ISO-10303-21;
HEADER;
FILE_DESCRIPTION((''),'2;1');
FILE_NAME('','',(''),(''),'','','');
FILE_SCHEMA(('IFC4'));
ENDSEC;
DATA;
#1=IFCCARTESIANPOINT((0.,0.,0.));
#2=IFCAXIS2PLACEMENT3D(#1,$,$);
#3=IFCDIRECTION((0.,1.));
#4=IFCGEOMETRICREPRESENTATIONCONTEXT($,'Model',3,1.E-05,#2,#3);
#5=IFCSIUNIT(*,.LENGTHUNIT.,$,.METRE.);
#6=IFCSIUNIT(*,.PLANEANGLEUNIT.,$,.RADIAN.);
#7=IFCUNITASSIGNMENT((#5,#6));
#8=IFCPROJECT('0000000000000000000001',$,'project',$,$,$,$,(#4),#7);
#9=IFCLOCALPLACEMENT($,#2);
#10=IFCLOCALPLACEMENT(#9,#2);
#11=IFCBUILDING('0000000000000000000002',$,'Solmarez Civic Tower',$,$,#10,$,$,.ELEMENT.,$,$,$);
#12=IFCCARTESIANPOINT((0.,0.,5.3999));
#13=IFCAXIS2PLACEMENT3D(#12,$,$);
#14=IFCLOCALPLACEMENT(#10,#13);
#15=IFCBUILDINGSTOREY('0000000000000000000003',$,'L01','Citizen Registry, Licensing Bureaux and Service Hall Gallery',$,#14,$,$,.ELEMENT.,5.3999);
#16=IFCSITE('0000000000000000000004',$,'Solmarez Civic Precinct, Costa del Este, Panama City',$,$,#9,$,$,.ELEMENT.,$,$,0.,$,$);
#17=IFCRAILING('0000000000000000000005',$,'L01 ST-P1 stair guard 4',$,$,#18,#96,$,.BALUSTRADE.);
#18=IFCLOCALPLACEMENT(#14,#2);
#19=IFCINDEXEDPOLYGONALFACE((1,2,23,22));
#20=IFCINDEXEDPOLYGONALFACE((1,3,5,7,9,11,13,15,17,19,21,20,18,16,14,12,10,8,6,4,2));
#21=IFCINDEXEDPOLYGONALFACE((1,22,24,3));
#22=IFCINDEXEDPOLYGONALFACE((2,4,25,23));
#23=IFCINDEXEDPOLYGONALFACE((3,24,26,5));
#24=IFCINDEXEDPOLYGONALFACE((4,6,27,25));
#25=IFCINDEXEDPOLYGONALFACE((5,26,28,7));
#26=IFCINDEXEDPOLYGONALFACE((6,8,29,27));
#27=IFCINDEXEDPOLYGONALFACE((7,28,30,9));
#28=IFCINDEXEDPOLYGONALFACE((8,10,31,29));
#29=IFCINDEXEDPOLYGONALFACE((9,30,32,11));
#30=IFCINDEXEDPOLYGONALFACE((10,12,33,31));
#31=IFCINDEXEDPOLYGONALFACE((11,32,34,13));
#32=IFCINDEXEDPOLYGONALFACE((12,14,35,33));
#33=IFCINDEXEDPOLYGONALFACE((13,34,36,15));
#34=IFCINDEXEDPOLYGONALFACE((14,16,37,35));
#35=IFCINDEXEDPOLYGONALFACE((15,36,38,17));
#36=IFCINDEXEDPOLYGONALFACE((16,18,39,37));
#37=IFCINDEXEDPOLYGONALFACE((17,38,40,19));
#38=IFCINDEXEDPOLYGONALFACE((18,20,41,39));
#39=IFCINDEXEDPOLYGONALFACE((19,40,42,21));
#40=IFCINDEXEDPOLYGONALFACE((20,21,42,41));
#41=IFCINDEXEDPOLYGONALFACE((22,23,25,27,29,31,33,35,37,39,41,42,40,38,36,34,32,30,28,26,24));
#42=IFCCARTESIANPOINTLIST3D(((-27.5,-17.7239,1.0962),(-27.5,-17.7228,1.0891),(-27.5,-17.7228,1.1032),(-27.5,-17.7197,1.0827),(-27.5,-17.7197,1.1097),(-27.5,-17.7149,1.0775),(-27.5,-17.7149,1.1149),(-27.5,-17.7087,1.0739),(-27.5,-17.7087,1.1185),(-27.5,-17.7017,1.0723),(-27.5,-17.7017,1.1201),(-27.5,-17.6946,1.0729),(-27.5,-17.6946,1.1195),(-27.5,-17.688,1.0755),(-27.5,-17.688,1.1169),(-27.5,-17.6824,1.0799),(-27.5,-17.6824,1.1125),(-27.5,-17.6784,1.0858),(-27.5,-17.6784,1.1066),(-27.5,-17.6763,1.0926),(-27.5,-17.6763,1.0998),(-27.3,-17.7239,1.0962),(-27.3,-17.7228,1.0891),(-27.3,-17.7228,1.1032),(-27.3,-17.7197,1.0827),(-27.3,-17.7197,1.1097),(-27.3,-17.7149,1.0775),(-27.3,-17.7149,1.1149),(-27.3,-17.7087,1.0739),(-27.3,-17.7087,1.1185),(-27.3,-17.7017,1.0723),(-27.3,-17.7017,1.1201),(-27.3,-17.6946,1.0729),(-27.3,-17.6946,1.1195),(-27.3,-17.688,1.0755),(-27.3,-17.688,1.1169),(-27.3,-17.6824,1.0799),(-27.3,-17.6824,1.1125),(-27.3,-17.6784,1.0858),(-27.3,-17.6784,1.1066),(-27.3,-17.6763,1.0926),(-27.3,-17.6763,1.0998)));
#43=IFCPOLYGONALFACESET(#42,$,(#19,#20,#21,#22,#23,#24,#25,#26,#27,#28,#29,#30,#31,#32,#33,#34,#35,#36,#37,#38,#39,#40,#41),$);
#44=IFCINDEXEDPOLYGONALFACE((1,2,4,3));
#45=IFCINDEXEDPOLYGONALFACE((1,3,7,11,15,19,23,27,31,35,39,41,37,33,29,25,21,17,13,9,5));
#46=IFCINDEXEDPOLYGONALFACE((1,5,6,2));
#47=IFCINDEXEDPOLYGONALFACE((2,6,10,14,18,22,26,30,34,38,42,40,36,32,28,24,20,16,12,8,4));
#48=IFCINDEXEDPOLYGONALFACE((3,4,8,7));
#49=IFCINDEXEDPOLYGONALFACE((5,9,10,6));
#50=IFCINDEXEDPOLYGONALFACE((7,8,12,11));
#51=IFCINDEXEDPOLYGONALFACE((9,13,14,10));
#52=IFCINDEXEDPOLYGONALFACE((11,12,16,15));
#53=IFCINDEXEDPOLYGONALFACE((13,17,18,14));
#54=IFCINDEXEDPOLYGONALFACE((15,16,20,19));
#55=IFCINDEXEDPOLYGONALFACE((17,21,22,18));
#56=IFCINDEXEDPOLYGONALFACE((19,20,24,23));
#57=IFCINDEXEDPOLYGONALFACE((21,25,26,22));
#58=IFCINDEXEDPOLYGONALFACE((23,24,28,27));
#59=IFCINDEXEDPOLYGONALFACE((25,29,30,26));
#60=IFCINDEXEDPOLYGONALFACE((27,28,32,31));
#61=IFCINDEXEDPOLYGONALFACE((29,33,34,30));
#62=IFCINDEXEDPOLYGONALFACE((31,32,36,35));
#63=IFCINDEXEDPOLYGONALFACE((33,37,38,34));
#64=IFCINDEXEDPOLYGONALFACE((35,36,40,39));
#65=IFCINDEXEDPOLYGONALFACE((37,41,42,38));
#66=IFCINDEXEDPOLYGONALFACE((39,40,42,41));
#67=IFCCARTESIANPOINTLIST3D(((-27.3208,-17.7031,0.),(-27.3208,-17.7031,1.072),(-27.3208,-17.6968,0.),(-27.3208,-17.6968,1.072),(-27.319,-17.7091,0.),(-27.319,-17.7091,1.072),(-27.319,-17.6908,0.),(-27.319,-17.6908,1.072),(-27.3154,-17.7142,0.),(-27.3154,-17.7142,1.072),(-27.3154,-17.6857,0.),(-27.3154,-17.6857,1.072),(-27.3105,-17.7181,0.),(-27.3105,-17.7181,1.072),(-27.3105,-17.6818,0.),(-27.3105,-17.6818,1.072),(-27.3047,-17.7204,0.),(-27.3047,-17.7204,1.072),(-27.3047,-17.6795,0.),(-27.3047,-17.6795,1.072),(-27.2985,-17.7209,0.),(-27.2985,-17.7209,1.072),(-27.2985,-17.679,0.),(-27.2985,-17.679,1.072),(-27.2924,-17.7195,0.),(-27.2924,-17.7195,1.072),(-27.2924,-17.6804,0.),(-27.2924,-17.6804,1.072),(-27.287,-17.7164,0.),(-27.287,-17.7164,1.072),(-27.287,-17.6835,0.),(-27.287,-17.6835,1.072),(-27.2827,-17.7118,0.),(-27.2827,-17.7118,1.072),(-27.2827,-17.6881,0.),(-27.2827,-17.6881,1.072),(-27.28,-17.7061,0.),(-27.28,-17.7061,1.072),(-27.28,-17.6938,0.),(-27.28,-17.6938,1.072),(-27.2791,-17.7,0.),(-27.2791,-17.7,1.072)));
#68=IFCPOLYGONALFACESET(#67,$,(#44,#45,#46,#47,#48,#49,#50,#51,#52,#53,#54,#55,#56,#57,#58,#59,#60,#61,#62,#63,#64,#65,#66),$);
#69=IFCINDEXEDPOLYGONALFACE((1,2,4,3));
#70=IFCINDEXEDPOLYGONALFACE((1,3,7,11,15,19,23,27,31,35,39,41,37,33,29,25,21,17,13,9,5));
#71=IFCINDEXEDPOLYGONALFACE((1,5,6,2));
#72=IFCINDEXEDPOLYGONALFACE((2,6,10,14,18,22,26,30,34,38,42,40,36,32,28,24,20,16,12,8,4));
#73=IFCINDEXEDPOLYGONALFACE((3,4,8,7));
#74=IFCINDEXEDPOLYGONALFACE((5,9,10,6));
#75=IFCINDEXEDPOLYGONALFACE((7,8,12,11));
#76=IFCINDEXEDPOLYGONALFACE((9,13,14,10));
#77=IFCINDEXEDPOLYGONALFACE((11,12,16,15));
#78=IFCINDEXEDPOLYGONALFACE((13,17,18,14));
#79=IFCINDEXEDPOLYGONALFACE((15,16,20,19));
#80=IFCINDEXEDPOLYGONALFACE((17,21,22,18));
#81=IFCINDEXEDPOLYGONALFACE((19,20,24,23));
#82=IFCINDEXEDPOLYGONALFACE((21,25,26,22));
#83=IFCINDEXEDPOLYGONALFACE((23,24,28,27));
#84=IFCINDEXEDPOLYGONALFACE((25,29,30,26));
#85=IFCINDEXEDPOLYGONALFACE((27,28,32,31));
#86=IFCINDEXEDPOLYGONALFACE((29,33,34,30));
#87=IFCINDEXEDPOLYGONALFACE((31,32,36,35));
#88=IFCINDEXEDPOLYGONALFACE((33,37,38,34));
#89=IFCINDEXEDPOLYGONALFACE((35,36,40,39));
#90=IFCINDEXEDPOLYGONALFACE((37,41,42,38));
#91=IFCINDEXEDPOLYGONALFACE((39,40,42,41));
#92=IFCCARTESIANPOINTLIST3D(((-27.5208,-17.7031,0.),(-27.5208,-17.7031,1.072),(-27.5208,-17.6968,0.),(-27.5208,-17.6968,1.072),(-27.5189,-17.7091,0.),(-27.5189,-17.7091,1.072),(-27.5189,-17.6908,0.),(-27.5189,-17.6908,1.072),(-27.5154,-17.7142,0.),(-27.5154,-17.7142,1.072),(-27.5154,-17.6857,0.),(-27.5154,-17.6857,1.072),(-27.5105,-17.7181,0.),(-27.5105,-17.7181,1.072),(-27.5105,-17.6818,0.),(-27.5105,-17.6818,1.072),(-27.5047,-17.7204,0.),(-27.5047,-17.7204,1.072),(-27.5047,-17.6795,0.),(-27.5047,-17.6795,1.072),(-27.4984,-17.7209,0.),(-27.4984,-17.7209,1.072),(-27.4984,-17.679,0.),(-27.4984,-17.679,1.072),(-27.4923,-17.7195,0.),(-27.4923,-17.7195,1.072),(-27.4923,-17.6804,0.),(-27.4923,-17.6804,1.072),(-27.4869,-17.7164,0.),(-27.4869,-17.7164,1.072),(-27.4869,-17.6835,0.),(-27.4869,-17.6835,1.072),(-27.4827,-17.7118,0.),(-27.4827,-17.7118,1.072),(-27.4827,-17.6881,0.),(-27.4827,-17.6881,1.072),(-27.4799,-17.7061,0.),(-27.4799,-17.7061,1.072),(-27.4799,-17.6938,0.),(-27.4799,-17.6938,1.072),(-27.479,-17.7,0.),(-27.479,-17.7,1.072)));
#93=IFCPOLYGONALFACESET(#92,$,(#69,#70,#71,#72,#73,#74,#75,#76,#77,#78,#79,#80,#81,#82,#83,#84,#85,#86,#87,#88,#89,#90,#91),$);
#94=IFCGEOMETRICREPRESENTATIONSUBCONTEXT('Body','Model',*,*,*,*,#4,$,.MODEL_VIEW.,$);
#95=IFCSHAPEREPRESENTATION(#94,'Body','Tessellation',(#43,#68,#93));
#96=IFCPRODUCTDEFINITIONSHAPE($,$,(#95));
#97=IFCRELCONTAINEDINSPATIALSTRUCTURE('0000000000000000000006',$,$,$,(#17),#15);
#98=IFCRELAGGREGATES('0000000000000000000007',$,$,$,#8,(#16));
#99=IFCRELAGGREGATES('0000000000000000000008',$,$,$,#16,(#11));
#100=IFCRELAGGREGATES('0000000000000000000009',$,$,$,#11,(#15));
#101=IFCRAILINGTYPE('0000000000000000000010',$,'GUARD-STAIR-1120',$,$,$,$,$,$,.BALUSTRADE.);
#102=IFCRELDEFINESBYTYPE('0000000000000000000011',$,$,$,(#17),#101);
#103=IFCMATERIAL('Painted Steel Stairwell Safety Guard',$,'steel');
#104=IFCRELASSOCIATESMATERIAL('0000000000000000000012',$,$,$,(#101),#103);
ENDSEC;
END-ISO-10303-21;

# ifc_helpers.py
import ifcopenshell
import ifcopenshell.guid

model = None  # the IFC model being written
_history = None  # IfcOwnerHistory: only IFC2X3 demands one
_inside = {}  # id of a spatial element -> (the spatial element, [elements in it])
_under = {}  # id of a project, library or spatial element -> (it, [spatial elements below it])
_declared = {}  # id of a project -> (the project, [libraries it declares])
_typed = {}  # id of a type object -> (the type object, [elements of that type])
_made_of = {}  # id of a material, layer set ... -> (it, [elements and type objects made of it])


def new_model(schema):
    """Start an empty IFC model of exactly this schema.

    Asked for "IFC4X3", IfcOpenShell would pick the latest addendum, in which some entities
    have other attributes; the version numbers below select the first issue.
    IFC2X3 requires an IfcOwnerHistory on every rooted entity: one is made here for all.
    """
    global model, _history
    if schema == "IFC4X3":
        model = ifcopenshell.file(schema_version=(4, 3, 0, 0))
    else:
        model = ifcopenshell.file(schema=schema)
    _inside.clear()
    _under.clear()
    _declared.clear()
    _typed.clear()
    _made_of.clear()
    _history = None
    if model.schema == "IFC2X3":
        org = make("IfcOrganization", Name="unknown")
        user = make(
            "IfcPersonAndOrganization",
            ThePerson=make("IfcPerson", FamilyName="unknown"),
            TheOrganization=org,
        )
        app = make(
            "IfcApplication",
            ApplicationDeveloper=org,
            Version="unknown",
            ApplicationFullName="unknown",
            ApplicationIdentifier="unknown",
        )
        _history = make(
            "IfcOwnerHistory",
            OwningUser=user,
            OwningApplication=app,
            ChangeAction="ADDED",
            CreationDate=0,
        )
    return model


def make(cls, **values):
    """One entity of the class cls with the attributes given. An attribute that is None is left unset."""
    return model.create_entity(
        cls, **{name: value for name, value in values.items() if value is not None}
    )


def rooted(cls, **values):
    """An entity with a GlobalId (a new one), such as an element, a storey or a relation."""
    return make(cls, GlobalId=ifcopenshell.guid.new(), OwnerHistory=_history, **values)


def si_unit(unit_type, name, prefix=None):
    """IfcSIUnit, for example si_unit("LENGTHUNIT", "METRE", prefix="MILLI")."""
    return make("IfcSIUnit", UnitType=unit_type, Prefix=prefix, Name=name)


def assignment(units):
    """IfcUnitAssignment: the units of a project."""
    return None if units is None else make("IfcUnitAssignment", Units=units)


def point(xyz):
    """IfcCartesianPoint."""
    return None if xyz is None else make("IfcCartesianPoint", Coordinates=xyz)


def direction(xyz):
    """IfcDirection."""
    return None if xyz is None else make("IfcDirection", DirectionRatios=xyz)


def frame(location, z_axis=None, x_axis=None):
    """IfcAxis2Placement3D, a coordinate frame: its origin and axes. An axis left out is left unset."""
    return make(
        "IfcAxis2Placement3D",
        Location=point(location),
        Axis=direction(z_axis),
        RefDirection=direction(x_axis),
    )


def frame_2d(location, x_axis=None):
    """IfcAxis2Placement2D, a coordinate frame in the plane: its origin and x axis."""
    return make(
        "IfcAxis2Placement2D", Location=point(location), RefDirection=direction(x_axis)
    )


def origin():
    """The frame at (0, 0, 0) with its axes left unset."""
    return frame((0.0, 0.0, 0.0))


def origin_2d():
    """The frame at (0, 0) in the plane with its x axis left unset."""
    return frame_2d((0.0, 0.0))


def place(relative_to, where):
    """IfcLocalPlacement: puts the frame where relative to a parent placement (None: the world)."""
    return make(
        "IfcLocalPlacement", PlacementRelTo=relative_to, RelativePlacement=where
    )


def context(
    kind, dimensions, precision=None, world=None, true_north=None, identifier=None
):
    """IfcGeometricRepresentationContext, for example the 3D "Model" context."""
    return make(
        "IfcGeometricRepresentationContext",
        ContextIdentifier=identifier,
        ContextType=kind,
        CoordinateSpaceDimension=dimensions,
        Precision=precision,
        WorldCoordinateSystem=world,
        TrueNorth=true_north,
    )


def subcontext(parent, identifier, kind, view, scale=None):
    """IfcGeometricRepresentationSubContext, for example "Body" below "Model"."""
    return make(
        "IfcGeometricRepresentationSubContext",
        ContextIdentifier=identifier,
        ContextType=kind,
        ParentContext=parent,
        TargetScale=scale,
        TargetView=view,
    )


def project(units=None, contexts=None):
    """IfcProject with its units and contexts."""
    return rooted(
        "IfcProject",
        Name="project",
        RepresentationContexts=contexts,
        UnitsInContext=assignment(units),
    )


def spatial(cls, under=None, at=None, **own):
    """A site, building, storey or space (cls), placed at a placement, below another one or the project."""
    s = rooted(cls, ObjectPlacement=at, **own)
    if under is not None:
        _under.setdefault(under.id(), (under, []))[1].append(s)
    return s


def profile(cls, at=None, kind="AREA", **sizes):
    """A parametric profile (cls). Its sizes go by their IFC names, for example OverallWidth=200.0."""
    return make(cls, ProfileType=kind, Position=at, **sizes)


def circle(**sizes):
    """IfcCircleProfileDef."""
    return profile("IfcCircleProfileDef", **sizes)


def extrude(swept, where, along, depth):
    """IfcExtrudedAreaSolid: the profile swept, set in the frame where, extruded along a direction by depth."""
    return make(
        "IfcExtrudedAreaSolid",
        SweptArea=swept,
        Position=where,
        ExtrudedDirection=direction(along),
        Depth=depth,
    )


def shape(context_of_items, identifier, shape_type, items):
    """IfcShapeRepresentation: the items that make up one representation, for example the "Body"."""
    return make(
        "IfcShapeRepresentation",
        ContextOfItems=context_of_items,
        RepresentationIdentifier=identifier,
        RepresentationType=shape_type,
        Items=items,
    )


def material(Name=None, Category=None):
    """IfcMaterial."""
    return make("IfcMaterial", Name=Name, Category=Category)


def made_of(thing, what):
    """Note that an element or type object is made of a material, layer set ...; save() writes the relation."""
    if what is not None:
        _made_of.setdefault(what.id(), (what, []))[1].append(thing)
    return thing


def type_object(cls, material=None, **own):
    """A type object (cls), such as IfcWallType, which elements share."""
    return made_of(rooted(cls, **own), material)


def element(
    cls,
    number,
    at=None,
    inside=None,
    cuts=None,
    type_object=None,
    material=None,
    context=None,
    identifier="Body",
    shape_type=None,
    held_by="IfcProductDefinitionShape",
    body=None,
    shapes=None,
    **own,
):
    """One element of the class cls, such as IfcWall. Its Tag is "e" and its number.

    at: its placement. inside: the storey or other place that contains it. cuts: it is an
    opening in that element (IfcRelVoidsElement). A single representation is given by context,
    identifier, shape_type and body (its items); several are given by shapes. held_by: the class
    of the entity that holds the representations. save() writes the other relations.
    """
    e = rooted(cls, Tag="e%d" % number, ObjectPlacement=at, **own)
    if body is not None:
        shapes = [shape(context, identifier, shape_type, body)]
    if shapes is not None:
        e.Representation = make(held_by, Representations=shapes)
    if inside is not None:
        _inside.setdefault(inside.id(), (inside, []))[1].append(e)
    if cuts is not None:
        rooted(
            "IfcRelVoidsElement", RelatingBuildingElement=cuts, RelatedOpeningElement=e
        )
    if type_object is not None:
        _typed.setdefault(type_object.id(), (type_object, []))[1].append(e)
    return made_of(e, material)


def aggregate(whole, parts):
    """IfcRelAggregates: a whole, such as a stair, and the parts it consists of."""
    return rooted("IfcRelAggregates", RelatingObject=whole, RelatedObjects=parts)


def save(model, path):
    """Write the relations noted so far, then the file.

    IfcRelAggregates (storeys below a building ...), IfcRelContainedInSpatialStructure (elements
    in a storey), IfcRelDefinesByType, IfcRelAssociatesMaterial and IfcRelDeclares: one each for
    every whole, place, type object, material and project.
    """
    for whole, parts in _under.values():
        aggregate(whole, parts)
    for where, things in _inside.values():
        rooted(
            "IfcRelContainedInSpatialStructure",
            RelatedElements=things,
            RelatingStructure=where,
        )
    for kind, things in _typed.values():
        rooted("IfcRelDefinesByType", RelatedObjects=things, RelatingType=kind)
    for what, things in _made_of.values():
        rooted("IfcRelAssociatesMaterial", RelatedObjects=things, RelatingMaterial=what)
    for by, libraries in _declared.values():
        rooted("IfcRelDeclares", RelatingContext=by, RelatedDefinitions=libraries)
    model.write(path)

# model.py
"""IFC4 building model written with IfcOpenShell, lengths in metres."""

from ifc_helpers import new_model, si_unit, direction, frame, origin, origin_2d, place, context, subcontext, project, spatial, circle, extrude, material, type_object, element, save


model = new_model("IFC4")

# Units and contexts
model_context = context("Model", 3, precision=1e-05, world=origin(), true_north=direction((0.0, 1.0)))
body_context = subcontext(model_context, "Body", "Model", "MODEL_VIEW")
ifc_project = project(units=[si_unit("LENGTHUNIT", "METRE"), si_unit("PLANEANGLEUNIT", "RADIAN")], contexts=[model_context])

# Site, building, storey
site_placement = place(None, origin())
site = spatial("IfcSite", under=ifc_project, at=site_placement, Name="Solmarez Civic Precinct, Costa del Este, Panama City", CompositionType="ELEMENT", RefElevation=0.0)
building_placement = place(site_placement, origin())
building = spatial("IfcBuilding", under=site, at=building_placement, Name="Solmarez Civic Tower", CompositionType="ELEMENT")
storey_placement = place(building_placement, frame((0.0, 0.0, 5.3999)))
storey = spatial("IfcBuildingStorey", under=building, at=storey_placement, Name="L01", Description="Citizen Registry, Licensing Bureaux and Service Hall Gallery", CompositionType="ELEMENT", Elevation=5.3999)

# Railing
ifc_material_1 = material(Name="Painted Steel Stairwell Safety Guard", Category="steel")
railing_type_1 = type_object("IfcRailingType", Name="GUARD-STAIR-1120", PredefinedType="BALUSTRADE", material=ifc_material_1)
railing_1_placement = place(storey_placement, frame((-27.3, -17.7, 0.0)))
element("IfcRailing", 1, at=railing_1_placement, inside=storey, type_object=railing_type_1, Name="L01 ST-P1 stair guard 4", PredefinedType="BALUSTRADE", context=body_context, shape_type="SweptSolid", body=[
    extrude(circle(Radius=0.0239, at=origin_2d()), frame((0.0, 0.0, 1.0962), z_axis=(-1.0, 0.0, 0.0), x_axis=(0.0, -1.0, 0.0)), (0.0, 0.0, 1.0), 0.2),
    extrude(circle(Radius=0.021, at=origin_2d()), origin(), (0.0, 0.0, 1.0), 1.072),
    extrude(circle(Radius=0.021, at=origin_2d()), frame((-0.2, 0.0, 0.0)), (0.0, 0.0, 1.0), 1.072),
])

save(model, "model.ifc")
